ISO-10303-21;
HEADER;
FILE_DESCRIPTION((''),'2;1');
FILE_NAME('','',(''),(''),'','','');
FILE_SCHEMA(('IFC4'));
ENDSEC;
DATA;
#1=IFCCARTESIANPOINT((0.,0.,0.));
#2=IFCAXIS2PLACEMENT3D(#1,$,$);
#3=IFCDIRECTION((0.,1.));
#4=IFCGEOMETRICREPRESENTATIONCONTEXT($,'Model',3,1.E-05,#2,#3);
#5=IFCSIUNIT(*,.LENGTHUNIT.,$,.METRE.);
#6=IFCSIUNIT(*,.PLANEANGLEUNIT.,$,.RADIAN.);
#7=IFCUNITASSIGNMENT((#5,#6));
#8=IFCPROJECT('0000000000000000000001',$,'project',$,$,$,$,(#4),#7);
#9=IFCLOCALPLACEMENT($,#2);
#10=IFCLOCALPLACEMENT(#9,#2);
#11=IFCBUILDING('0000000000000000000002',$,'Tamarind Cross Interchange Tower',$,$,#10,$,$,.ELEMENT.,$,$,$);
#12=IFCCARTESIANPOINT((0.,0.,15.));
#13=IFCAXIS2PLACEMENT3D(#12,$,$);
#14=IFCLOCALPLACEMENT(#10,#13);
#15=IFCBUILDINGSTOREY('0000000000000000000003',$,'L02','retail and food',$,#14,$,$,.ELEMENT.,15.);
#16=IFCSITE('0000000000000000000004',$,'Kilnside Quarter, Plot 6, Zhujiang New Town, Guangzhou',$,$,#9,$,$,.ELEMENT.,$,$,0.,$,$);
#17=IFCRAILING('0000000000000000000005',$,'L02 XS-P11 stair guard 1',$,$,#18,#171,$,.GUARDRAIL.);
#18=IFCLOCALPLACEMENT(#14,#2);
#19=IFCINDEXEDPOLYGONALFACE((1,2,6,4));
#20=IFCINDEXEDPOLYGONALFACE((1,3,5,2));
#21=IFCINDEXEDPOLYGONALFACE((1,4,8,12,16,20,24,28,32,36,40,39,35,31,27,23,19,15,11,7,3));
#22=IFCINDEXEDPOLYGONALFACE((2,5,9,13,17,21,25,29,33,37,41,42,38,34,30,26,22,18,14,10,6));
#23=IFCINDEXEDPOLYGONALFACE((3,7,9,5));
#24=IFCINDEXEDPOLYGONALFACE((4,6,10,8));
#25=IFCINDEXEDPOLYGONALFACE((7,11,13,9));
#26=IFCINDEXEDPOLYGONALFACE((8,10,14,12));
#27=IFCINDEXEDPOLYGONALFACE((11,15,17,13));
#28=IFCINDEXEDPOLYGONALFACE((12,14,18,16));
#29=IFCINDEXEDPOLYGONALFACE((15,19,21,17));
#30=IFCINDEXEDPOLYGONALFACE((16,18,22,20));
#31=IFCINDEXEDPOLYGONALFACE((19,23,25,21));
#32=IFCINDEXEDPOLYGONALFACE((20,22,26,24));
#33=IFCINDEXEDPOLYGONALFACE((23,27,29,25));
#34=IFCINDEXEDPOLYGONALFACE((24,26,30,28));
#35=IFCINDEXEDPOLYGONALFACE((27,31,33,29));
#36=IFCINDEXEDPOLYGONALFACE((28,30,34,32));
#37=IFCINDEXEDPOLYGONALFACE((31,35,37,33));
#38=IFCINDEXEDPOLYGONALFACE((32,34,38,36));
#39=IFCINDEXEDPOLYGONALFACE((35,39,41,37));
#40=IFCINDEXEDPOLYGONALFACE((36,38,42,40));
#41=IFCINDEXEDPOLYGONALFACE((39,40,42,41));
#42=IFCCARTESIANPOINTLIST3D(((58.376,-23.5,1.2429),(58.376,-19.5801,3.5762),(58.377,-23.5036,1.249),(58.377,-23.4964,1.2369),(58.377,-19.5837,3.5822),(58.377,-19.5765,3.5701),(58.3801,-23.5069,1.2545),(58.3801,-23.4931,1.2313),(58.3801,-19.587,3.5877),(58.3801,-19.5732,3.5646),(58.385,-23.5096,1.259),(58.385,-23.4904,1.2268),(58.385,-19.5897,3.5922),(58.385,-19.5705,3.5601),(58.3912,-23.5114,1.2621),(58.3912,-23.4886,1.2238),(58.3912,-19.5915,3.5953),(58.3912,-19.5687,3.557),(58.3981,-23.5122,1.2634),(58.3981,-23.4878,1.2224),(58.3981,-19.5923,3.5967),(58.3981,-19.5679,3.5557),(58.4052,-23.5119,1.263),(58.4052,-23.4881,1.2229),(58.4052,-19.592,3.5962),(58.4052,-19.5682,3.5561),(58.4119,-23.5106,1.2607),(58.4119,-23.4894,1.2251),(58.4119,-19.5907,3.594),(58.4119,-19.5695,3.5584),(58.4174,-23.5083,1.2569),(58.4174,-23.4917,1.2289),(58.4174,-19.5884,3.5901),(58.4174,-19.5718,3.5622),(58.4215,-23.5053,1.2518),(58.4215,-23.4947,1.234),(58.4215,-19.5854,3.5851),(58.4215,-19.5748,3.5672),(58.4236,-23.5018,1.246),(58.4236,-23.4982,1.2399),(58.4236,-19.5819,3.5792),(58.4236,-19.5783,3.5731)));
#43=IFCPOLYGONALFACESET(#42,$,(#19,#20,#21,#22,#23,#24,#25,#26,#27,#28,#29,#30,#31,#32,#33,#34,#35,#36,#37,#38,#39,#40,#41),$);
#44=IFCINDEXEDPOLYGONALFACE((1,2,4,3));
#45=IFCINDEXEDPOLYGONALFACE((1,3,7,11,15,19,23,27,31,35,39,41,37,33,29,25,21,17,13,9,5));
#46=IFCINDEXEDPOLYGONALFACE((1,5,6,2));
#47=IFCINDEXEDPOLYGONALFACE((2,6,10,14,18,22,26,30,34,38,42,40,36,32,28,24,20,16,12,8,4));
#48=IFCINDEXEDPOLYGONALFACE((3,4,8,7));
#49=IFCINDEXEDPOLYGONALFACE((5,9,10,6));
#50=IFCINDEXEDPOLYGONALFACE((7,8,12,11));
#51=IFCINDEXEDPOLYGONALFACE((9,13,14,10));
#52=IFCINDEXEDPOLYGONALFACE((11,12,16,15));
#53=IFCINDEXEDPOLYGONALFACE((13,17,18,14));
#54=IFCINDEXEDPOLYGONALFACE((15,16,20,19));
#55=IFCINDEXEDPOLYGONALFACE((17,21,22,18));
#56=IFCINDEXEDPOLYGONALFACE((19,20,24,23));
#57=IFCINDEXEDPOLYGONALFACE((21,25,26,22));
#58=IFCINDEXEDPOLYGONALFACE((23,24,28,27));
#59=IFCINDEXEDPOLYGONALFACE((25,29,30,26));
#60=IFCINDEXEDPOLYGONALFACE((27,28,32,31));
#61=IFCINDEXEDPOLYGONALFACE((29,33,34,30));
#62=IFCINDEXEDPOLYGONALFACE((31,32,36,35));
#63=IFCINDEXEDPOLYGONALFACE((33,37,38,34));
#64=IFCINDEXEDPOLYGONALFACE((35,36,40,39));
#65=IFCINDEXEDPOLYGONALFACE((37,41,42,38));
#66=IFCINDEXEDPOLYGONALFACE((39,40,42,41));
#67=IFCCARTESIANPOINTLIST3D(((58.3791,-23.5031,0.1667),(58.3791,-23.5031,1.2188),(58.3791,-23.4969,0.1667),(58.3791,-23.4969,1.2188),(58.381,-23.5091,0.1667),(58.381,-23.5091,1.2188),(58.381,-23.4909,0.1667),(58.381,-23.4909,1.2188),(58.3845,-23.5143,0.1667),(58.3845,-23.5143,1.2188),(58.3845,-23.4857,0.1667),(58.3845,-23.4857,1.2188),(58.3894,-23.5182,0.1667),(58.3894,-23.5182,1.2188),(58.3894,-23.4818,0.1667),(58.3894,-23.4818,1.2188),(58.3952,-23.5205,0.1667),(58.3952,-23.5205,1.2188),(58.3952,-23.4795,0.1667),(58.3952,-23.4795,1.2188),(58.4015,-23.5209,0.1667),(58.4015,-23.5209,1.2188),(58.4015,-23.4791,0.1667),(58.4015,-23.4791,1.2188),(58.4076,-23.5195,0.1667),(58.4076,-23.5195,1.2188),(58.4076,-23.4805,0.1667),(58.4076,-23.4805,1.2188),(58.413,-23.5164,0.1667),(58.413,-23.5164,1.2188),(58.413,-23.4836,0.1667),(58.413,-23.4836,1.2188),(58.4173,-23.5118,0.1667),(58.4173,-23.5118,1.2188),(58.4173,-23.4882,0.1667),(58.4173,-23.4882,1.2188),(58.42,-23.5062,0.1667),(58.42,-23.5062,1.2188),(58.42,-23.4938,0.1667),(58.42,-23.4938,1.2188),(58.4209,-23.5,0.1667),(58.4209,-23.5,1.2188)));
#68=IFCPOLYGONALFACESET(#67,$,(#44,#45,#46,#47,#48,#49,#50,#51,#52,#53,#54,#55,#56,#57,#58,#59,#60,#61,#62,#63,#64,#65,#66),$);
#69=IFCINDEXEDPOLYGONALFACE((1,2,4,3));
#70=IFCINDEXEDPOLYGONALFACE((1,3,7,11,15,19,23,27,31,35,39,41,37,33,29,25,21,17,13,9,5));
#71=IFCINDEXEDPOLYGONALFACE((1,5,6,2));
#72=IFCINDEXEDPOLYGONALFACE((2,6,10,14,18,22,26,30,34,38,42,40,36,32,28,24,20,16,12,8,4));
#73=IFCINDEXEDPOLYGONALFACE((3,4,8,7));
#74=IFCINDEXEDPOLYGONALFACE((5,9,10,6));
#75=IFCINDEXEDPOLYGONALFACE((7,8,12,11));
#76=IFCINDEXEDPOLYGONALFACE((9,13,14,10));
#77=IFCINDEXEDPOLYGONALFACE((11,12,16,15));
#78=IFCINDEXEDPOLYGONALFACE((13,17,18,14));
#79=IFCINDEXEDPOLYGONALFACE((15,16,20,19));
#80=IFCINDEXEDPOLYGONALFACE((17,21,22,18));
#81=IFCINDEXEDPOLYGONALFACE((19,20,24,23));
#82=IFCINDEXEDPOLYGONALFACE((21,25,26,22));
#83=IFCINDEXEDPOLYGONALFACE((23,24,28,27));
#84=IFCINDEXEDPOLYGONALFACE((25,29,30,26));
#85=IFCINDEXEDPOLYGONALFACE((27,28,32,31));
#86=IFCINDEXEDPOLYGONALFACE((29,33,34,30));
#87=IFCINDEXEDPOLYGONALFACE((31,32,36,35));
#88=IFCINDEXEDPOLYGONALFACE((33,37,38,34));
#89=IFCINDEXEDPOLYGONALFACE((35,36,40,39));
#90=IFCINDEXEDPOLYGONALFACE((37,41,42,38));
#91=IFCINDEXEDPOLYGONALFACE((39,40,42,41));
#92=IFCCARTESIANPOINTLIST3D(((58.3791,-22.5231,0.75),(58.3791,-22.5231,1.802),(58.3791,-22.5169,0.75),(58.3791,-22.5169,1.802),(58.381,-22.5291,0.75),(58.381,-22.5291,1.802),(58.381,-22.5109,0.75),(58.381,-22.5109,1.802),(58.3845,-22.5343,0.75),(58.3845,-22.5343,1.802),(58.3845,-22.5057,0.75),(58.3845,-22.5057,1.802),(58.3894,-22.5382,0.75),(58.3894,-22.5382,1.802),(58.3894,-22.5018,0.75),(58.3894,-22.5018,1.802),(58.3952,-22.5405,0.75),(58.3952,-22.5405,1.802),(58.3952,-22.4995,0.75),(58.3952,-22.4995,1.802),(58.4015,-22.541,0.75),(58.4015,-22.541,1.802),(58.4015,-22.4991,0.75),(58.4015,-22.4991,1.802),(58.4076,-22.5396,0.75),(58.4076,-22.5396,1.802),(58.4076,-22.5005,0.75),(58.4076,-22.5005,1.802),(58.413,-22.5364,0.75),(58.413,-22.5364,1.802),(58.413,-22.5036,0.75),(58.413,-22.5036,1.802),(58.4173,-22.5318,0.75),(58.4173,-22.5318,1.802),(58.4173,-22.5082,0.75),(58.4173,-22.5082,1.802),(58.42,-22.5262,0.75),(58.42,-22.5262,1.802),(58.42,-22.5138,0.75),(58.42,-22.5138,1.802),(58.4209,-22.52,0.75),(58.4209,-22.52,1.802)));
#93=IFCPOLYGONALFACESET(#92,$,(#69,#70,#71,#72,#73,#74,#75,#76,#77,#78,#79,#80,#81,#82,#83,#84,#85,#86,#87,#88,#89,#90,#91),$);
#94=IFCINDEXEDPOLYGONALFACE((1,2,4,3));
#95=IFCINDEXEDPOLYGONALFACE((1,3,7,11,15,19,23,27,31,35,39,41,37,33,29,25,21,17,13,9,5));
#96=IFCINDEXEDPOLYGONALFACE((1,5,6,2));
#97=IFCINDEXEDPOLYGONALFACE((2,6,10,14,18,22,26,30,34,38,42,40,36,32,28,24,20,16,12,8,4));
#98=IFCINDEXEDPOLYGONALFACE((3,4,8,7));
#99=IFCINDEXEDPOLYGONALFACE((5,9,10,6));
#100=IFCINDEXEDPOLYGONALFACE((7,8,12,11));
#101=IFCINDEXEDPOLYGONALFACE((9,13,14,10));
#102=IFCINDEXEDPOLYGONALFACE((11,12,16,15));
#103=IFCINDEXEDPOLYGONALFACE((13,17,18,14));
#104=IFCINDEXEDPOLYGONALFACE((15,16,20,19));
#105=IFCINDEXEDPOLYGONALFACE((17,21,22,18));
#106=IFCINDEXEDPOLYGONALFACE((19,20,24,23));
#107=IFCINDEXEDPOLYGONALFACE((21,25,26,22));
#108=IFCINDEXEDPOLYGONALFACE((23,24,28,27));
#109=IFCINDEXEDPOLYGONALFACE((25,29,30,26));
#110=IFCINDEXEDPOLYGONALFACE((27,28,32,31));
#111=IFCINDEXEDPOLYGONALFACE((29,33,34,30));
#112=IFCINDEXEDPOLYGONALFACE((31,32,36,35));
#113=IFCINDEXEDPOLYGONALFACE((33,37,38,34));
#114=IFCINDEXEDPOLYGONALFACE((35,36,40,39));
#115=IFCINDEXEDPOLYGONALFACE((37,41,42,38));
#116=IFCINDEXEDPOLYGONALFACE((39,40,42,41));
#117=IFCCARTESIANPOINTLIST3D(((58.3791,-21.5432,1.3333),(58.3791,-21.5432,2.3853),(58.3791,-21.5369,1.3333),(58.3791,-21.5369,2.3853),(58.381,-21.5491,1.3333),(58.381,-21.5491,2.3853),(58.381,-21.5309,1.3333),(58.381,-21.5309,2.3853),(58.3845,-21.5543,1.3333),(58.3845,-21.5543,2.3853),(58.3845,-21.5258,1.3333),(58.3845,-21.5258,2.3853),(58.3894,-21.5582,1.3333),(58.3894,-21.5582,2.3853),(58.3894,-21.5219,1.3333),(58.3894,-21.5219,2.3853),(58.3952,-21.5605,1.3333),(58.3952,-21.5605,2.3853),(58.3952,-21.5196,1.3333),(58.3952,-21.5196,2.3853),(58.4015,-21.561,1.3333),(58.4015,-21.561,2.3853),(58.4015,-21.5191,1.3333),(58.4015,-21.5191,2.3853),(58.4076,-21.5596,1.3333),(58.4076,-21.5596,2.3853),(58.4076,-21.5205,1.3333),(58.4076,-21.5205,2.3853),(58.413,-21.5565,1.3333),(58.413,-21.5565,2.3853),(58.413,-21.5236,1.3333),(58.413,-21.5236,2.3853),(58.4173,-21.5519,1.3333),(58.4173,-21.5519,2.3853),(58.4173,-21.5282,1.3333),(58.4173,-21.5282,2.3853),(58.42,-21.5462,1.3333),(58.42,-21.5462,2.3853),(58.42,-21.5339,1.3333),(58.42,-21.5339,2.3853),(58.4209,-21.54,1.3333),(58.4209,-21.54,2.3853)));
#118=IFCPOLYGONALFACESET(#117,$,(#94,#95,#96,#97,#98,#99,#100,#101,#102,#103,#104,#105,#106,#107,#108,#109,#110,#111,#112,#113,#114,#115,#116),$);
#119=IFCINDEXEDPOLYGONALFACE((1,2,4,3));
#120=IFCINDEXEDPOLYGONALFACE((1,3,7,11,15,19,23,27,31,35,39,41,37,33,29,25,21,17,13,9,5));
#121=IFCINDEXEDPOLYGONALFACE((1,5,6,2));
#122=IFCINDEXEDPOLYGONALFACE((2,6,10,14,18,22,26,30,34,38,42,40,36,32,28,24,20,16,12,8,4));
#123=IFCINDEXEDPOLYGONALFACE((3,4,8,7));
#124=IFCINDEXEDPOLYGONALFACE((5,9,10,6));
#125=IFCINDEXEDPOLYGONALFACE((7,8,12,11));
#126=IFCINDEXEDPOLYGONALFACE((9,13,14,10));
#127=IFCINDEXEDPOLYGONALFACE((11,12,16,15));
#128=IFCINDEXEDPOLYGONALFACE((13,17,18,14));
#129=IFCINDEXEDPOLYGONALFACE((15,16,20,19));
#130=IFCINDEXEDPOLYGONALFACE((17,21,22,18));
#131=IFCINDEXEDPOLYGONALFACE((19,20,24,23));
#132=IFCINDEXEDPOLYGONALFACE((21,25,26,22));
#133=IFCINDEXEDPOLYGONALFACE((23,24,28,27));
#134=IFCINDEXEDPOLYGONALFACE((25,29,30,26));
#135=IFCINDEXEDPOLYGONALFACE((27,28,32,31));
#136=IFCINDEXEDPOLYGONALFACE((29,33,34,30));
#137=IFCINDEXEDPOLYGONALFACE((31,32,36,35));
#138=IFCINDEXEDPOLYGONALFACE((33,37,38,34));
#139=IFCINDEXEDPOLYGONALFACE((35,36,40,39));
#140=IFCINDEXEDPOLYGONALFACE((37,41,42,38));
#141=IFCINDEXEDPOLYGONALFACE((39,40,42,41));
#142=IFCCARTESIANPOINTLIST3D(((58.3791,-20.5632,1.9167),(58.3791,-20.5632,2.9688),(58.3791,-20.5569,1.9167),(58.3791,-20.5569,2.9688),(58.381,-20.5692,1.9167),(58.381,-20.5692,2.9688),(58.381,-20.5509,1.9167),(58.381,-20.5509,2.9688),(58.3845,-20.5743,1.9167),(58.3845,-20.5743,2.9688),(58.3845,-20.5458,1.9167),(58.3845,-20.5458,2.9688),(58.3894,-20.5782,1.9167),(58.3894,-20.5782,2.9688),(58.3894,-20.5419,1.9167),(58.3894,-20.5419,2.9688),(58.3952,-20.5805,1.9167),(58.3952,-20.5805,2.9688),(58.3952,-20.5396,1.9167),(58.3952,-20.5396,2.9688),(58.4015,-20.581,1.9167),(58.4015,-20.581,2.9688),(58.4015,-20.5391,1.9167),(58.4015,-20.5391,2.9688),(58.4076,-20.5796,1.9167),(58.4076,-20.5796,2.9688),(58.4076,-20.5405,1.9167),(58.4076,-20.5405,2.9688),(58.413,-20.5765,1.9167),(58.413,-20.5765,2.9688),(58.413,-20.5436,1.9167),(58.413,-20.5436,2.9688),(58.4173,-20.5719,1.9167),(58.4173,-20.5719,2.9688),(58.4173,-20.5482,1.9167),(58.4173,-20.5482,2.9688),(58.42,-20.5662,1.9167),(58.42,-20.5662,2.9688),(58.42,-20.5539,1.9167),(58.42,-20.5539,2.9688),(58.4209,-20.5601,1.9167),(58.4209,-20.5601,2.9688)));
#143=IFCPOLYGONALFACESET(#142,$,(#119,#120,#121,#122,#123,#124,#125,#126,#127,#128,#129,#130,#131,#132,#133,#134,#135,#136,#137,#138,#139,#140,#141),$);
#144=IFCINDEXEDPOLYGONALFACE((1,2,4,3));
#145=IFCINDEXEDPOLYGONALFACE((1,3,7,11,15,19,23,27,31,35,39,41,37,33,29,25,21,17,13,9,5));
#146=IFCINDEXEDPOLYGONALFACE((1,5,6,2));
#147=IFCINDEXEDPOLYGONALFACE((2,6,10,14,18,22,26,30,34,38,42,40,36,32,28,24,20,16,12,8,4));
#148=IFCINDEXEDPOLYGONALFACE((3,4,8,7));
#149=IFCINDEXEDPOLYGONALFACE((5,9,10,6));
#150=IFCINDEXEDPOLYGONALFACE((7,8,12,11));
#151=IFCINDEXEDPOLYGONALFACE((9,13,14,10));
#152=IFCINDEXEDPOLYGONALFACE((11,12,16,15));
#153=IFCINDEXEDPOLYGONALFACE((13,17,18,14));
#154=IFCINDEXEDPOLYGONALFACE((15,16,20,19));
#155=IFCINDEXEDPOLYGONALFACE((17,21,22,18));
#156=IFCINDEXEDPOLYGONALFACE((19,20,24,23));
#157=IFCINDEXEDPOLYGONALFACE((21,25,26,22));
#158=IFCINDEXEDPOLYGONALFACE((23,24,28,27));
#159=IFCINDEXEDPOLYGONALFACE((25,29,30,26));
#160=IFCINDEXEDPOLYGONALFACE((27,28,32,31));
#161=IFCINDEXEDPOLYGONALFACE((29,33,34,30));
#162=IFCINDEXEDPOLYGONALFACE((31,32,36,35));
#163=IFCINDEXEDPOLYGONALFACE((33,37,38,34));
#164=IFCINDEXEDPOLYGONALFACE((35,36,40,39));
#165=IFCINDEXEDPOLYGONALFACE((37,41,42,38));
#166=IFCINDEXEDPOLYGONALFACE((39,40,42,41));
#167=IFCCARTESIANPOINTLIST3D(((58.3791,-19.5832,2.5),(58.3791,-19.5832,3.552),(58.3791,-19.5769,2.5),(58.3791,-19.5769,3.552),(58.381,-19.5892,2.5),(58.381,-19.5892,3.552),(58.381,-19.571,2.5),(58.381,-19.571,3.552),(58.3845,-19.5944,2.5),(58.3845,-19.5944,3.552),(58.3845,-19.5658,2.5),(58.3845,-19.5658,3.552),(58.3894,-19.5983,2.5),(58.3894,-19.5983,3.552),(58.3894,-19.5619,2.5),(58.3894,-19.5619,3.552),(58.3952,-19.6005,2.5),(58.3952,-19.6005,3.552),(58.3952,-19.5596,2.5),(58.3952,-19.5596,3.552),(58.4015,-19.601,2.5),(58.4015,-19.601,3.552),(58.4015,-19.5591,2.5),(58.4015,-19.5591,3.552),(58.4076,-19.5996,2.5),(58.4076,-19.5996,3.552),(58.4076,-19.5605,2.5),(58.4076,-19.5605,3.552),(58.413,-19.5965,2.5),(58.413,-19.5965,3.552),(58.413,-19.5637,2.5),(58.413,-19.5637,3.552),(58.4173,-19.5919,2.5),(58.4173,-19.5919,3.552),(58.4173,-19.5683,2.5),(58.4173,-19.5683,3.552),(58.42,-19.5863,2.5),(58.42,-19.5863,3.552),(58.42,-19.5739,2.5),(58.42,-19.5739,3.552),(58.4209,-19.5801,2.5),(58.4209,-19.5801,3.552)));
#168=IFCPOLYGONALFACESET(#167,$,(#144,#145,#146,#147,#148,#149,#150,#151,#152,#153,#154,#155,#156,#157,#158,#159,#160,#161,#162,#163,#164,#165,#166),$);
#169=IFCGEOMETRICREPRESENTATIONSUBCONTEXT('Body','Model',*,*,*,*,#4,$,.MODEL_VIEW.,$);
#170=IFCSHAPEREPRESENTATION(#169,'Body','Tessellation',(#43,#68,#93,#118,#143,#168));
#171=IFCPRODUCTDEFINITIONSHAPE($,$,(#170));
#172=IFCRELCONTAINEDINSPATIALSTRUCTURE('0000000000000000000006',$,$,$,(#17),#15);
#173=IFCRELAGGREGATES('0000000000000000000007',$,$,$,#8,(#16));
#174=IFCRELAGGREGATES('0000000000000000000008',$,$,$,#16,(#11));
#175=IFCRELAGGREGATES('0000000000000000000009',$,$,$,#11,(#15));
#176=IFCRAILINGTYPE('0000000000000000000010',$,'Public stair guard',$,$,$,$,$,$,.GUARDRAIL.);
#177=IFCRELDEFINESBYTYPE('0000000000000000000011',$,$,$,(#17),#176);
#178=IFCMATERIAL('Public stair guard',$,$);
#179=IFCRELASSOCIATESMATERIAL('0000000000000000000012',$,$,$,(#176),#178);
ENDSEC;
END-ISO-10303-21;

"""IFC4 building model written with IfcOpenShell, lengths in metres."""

from ifc_helpers import new_model, si_unit, direction, frame, origin, origin_2d, place, context, subcontext, project, spatial, circle, extrude, material, type_object, element, save


model = new_model("IFC4")

# Units and contexts
model_context = context("Model", 3, precision=1e-05, world=origin(), true_north=direction((0.0, 1.0)))
body_context = subcontext(model_context, "Body", "Model", "MODEL_VIEW")
ifc_project = project(units=[si_unit("LENGTHUNIT", "METRE"), si_unit("PLANEANGLEUNIT", "RADIAN")], contexts=[model_context])

# Site, building, storey
site_placement = place(None, origin())
site = spatial("IfcSite", under=ifc_project, at=site_placement, Name="Kilnside Quarter, Plot 6, Zhujiang New Town, Guangzhou", CompositionType="ELEMENT", RefElevation=0.0)
building_placement = place(site_placement, origin())
building = spatial("IfcBuilding", under=site, at=building_placement, Name="Tamarind Cross Interchange Tower", CompositionType="ELEMENT")
storey_placement = place(building_placement, frame((0.0, 0.0, 15.0)))
storey = spatial("IfcBuildingStorey", under=building, at=storey_placement, Name="L02", Description="retail and food", CompositionType="ELEMENT", Elevation=15.0)

# Railing
ifc_material_1 = material(Name="Public stair guard")
railing_type_1 = type_object("IfcRailingType", Name="Public stair guard", PredefinedType="GUARDRAIL", material=ifc_material_1)
railing_1_placement = place(storey_placement, frame((58.3999, -23.5, 0.1667)))
element("IfcRailing", 1, at=railing_1_placement, inside=storey, type_object=railing_type_1, Name="L02 XS-P11 stair guard 1", PredefinedType="GUARDRAIL", context=body_context, shape_type="SweptSolid", body=[
    extrude(circle(Radius=0.0239, at=origin_2d()), frame((0.0, 0.0, 1.0762), z_axis=(0.0, 0.859296, 0.511478), x_axis=(-1.0, 0.0, 0.0)), (0.0, 0.0, 1.0), 4.5618),
    extrude(circle(Radius=0.021, at=origin_2d()), origin(), (0.0, 0.0, 1.0), 1.052),
    extrude(circle(Radius=0.021, at=origin_2d()), frame((0.0, 0.98, 0.5833)), (0.0, 0.0, 1.0), 1.052),
    extrude(circle(Radius=0.021, at=origin_2d()), frame((0.0, 1.96, 1.1665)), (0.0, 0.0, 1.0), 1.052),
    extrude(circle(Radius=0.021, at=origin_2d()), frame((0.0, 2.9399, 1.75)), (0.0, 0.0, 1.0), 1.052),
    extrude(circle(Radius=0.021, at=origin_2d()), frame((0.0, 3.9199, 2.3333)), (0.0, 0.0, 1.0), 1.052),
])

save(model, "model.ifc")
